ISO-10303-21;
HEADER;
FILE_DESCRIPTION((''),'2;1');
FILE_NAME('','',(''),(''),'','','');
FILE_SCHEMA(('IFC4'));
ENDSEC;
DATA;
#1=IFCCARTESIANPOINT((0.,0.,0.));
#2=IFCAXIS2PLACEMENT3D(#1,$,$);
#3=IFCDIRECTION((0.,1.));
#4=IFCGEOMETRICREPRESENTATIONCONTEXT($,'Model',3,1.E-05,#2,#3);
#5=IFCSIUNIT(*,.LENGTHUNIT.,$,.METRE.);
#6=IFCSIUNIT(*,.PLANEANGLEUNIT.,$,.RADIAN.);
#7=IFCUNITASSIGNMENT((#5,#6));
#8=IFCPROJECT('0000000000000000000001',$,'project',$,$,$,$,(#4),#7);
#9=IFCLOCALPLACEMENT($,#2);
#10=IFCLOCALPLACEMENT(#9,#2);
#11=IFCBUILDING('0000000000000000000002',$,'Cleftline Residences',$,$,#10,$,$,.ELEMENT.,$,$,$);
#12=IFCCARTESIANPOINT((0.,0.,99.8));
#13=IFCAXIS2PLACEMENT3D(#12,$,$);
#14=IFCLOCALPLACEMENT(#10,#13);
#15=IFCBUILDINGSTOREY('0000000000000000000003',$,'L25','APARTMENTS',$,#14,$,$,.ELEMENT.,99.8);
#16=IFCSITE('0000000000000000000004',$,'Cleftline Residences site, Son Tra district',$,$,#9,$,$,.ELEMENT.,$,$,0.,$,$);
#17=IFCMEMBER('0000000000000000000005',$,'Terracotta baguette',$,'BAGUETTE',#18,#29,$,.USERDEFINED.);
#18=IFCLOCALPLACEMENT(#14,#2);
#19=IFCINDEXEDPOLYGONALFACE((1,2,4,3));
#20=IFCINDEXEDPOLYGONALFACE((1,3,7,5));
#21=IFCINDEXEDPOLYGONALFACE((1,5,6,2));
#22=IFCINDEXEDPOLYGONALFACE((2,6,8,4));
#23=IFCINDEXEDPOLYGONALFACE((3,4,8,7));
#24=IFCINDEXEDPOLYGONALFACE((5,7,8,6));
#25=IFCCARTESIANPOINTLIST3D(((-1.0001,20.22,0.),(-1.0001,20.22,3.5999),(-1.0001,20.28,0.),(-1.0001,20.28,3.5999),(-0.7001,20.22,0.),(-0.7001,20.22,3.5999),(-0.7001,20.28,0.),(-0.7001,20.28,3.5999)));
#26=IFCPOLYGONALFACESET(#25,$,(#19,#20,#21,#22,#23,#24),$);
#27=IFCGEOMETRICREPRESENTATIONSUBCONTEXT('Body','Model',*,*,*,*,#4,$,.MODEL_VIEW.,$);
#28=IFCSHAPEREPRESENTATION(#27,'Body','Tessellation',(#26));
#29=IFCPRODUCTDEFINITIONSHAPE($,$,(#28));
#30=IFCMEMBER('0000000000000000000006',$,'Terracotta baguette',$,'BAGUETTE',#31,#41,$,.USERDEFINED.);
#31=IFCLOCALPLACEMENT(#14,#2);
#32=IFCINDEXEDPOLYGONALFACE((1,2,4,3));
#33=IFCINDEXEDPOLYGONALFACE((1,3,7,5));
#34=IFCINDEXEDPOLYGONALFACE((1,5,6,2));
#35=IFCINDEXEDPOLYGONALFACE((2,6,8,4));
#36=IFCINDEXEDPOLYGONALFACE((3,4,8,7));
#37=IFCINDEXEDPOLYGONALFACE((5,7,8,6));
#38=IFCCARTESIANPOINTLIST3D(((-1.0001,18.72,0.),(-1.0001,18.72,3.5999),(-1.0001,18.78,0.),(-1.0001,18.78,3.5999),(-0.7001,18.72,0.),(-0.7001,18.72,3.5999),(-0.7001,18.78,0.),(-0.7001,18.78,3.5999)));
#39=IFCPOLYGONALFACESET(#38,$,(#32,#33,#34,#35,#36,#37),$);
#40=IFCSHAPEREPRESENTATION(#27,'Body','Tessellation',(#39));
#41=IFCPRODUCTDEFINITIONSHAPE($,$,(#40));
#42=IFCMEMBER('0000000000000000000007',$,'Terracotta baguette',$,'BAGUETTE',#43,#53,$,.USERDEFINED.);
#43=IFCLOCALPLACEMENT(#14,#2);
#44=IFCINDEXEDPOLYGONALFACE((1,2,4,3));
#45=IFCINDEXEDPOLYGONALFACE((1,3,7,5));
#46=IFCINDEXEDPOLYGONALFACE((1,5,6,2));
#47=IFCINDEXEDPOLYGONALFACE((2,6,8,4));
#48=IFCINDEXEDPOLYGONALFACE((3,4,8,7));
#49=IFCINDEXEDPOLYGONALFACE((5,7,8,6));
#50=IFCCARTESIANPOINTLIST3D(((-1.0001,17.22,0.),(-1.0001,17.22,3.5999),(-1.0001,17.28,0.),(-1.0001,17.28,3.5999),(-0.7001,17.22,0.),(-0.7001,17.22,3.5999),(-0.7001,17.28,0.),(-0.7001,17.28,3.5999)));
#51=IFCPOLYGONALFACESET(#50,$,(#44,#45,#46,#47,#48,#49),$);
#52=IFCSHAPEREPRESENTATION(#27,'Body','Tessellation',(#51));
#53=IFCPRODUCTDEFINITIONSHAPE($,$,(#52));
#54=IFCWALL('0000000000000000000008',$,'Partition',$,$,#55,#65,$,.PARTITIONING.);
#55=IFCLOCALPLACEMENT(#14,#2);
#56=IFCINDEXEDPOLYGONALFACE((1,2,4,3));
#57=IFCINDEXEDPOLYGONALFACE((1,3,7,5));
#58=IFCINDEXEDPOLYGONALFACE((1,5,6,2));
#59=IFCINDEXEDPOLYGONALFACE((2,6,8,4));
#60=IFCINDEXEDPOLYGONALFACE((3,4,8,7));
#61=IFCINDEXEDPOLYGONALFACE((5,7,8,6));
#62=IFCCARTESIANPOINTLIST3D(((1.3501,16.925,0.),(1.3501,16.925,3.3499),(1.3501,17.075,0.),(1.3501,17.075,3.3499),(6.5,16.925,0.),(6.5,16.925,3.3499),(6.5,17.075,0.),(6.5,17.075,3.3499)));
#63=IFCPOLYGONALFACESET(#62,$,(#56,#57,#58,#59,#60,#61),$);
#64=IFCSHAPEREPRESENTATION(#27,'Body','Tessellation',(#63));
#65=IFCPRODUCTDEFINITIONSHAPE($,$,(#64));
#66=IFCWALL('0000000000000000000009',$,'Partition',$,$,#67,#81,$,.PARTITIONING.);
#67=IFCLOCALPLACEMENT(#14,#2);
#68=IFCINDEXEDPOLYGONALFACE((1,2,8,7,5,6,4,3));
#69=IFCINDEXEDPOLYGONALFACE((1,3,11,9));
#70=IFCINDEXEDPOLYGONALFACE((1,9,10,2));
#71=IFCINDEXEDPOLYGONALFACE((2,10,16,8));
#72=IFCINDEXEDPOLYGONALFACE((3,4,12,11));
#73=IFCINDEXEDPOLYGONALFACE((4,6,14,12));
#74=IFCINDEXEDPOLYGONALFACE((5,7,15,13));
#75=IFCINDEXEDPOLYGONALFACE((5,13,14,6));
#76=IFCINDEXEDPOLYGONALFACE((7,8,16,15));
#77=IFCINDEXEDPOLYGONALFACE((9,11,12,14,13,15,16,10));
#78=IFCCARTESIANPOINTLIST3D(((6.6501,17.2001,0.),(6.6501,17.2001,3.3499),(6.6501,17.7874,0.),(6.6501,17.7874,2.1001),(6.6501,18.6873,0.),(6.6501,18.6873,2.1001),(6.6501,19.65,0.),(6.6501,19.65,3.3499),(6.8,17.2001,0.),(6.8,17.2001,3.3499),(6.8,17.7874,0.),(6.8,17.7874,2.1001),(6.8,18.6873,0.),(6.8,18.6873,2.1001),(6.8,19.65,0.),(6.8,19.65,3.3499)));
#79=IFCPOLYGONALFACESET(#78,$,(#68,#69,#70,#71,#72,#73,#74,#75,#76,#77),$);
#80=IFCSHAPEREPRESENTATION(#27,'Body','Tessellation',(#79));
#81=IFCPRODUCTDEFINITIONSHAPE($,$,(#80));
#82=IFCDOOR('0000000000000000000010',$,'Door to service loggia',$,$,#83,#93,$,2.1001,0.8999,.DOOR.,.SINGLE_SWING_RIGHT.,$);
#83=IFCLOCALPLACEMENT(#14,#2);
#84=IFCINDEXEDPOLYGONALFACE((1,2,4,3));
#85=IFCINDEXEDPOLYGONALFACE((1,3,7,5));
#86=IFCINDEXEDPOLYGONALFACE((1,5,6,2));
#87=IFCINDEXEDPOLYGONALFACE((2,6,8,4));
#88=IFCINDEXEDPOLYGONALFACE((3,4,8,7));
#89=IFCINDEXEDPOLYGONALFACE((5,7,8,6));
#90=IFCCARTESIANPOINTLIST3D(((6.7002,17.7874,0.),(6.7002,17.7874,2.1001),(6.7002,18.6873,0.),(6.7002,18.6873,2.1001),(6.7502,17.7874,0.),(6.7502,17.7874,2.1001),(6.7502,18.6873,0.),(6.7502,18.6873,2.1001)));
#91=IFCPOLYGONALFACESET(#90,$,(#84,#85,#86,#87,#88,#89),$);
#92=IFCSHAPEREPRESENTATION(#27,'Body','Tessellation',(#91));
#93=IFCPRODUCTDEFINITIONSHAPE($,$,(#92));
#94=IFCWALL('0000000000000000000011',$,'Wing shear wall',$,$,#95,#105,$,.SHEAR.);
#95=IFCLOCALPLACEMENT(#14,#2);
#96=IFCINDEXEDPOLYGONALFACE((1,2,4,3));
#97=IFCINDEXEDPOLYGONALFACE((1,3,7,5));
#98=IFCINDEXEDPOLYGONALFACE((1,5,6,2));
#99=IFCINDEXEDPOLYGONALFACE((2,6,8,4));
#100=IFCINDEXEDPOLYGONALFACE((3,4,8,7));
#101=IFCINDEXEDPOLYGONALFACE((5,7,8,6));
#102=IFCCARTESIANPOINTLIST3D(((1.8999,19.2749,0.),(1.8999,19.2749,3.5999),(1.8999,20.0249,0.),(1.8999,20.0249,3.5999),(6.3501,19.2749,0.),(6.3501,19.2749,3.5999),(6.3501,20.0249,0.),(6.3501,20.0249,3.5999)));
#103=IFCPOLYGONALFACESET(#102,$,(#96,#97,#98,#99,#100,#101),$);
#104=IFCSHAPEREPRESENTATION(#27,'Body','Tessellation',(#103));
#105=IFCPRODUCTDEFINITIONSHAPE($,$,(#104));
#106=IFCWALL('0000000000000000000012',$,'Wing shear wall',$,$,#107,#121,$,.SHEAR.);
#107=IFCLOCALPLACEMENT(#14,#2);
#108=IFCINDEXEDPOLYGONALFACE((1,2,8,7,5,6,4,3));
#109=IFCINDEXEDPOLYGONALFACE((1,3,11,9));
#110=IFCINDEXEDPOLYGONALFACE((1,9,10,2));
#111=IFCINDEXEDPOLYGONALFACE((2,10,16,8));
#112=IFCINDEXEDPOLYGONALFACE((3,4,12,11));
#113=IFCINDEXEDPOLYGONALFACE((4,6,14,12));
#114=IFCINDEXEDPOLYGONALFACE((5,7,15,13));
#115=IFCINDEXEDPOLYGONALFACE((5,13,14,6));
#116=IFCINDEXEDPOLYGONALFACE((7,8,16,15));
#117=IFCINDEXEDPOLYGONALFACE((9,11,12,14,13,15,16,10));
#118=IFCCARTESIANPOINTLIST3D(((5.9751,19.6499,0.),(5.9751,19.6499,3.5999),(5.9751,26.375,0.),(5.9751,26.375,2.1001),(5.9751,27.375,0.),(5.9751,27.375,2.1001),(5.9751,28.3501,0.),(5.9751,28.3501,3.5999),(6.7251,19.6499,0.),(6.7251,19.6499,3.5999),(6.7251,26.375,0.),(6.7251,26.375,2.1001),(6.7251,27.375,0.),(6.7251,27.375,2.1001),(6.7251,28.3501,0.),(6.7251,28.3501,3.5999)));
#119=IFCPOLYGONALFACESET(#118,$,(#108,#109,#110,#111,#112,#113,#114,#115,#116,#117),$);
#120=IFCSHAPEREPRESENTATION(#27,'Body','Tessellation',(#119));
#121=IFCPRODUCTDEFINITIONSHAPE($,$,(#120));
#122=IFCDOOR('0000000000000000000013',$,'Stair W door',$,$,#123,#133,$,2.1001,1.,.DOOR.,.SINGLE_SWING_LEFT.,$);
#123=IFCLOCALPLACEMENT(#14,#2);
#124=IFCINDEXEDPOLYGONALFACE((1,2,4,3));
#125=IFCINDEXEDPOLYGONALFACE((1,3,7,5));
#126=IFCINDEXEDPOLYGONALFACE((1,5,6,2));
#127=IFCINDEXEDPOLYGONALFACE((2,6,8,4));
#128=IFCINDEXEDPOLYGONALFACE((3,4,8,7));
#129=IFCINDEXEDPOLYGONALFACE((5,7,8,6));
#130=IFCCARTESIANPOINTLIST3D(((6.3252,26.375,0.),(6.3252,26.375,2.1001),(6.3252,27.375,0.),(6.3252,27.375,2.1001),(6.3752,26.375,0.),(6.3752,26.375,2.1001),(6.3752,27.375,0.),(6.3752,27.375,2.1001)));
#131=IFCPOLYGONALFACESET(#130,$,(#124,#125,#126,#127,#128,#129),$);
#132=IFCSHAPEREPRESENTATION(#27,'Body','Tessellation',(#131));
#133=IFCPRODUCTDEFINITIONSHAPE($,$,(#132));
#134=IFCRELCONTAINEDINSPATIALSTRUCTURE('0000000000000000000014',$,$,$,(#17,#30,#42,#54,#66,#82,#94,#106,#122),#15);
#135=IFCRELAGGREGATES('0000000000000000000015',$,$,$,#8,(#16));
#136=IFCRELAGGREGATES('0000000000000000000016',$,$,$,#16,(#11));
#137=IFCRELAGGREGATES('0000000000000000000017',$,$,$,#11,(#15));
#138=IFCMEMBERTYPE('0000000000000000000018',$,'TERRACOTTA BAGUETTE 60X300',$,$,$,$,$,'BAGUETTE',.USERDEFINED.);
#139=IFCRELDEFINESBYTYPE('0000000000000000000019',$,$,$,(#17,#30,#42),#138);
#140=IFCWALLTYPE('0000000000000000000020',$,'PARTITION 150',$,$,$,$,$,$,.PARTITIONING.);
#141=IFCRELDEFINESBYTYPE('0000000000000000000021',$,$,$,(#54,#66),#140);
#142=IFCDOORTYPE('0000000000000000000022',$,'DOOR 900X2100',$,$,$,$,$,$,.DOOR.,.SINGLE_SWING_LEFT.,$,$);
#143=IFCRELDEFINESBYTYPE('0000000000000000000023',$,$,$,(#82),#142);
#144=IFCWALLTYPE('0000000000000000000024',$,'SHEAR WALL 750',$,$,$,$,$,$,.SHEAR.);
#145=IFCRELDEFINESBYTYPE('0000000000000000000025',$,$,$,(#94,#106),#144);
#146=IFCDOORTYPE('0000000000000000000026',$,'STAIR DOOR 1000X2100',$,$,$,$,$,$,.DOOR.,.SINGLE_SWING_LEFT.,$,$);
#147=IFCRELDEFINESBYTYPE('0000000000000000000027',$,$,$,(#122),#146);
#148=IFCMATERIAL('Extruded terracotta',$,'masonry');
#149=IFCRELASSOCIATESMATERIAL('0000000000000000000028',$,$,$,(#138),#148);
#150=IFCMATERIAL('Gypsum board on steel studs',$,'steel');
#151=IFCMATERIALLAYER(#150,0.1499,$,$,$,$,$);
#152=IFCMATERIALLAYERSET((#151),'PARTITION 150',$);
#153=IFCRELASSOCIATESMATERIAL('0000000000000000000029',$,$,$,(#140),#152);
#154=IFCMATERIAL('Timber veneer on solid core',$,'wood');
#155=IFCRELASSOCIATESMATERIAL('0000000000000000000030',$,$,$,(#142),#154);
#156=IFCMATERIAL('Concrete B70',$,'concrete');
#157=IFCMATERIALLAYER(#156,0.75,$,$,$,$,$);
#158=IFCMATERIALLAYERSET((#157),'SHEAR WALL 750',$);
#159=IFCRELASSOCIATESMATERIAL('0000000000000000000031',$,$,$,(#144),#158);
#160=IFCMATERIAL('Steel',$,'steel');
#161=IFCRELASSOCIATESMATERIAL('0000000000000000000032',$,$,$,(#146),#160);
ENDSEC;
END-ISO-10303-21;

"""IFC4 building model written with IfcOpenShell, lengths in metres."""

from ifc_helpers import new_model, si_unit, direction, frame, frame_2d, origin, origin_2d, place, context, subcontext, project, spatial, rectangle, extrude, material, layer, layer_set, material_profile, profile_set, type_object, element, fill, save


model = new_model("IFC4")

# Units and contexts
model_context = context("Model", 3, precision=1e-05, world=origin(), true_north=direction((0.0, 1.0)))
body_context = subcontext(model_context, "Body", "Model", "MODEL_VIEW")
ifc_project = project(units=[si_unit("LENGTHUNIT", "METRE"), si_unit("PLANEANGLEUNIT", "RADIAN")], contexts=[model_context])

# Site, building, storey
site_placement = place(None, origin())
site = spatial("IfcSite", under=ifc_project, at=site_placement, Name="Cleftline Residences site, Son Tra district", CompositionType="ELEMENT", RefElevation=0.0)
building_placement = place(site_placement, origin())
building = spatial("IfcBuilding", under=site, at=building_placement, Name="Cleftline Residences", CompositionType="ELEMENT")
storey_placement = place(building_placement, frame((0.0, 0.0, 99.8)))
storey = spatial("IfcBuildingStorey", under=building, at=storey_placement, Name="L25", Description="APARTMENTS", CompositionType="ELEMENT", Elevation=99.8)

# Members
ifc_material_1 = material(Name="Extruded terracotta", Category="masonry")
ifc_material_profile_1 = material_profile(ifc_material_1, rectangle(XDim=0.0601, YDim=0.3, at=origin_2d()))
ifc_profile_set_1 = profile_set([ifc_material_profile_1], Name="Extruded terracotta")
member_type = type_object("IfcMemberType", Name="TERRACOTTA BAGUETTE 60X300", ElementType="BAGUETTE", PredefinedType="USERDEFINED", material=ifc_profile_set_1)
for number, where, z_axis, x_axis, name in (
    (1, (-0.8501, 20.25, 0.0), (0.0, 0.0, 1.0), (0.0, 1.0, 0.0), "Terracotta baguette"),
    (2, (-0.8501, 18.75, 0.0), (0.0, 0.0, 1.0), (0.0, 1.0, 0.0), "Terracotta baguette"),
    (3, (-0.8501, 17.25, 0.0), (0.0, 0.0, 1.0), (0.0, 1.0, 0.0), "Terracotta baguette"),
):
    element("IfcMember", number, at=place(storey_placement, frame(where, z_axis=z_axis, x_axis=x_axis)), inside=storey, type_object=member_type, Name=name, ObjectType="BAGUETTE", PredefinedType="USERDEFINED", context=body_context, shape_type="SweptSolid", body=[
        extrude(rectangle(XDim=0.0601, YDim=0.3, at=origin_2d()), origin(), (0.0, 0.0, 1.0), 3.5999),
    ])

# Wall
ifc_material_2 = material(Name="Gypsum board on steel studs", Category="steel")
ifc_layer_1 = layer(ifc_material_2, 0.1499)
ifc_layer_set_1 = layer_set([ifc_layer_1], Name="PARTITION 150")
wall_type_1 = type_object("IfcWallType", Name="PARTITION 150", PredefinedType="PARTITIONING", material=ifc_layer_set_1)
wall_1_placement = place(storey_placement, frame((1.3501, 17.0, 0.0), z_axis=(0.0, 0.0, 1.0), x_axis=(1.0, 0.0, 0.0)))
element("IfcWall", 4, at=wall_1_placement, inside=storey, type_object=wall_type_1, Name="Partition", PredefinedType="PARTITIONING", context=body_context, shape_type="SweptSolid", body=[
    extrude(rectangle(XDim=5.1499, YDim=0.1499, at=frame_2d((2.575, 0.0))), origin(), (0.0, 0.0, 1.0), 3.3499),
])

# Wall, opening, door
wall_2_placement = place(storey_placement, frame((6.7251, 17.2, 0.0), z_axis=(0.0, 0.0, 1.0), x_axis=(0.0, 1.0, 0.0)))
wall_2 = element("IfcWall", 5, at=wall_2_placement, inside=storey, type_object=wall_type_1, Name="Partition", PredefinedType="PARTITIONING", context=body_context, shape_type="SweptSolid", body=[
    extrude(rectangle(XDim=2.45, YDim=0.1499, at=frame_2d((1.2251, 0.0))), origin(), (0.0, 0.0, 1.0), 3.3499),
])
opening_1_placement = place(wall_2_placement, frame((0.5874, 0.0, 0.0)))
opening_1 = element("IfcOpeningElement", 6, at=opening_1_placement, cuts=wall_2, PredefinedType="OPENING", context=body_context, shape_type="SweptSolid", body=[
    extrude(rectangle(XDim=0.8999, YDim=2.1001, at=frame_2d((0.45, 1.05))), frame((0.0, 0.085, 0.0), z_axis=(0.0, -1.0, 0.0), x_axis=(1.0, 0.0, 0.0)), (0.0, 0.0, 1.0), 0.1699),
])
ifc_material_3 = material(Name="Timber veneer on solid core", Category="wood")
door_type_1 = type_object("IfcDoorType", Name="DOOR 900X2100", OperationType="SINGLE_SWING_LEFT", PredefinedType="DOOR", material=ifc_material_3)
door_1_placement = place(opening_1_placement, origin())
door_1 = element("IfcDoor", 7, at=door_1_placement, inside=storey, type_object=door_type_1, Name="Door to service loggia", OperationType="SINGLE_SWING_RIGHT", OverallHeight=2.1001, OverallWidth=0.8999, PredefinedType="DOOR", context=body_context, shape_type="SweptSolid", body=[
    extrude(rectangle(XDim=0.8999, YDim=2.1001, at=frame_2d((0.45, 1.05))), frame((0.0, 0.0249, 0.0), z_axis=(0.0, -1.0, 0.0), x_axis=(1.0, 0.0, 0.0)), (0.0, 0.0, 1.0), 0.05),
])
fill(opening_1, door_1)

# Wall
ifc_material_4 = material(Name="Concrete B70", Category="concrete")
ifc_layer_2 = layer(ifc_material_4, 0.75)
ifc_layer_set_2 = layer_set([ifc_layer_2], Name="SHEAR WALL 750")
wall_type_2 = type_object("IfcWallType", Name="SHEAR WALL 750", PredefinedType="SHEAR", material=ifc_layer_set_2)
wall_3_placement = place(storey_placement, frame((1.8999, 19.6499, 0.0), z_axis=(0.0, 0.0, 1.0), x_axis=(1.0, 0.0, 0.0)))
element("IfcWall", 8, at=wall_3_placement, inside=storey, type_object=wall_type_2, Name="Wing shear wall", PredefinedType="SHEAR", context=body_context, shape_type="SweptSolid", body=[
    extrude(rectangle(XDim=4.4502, YDim=0.75, at=frame_2d((2.2251, 0.0))), origin(), (0.0, 0.0, 1.0), 3.5999),
])

# Wall, opening, door
wall_4_placement = place(storey_placement, frame((6.3501, 19.6499, 0.0), z_axis=(0.0, 0.0, 1.0), x_axis=(0.0, 1.0, 0.0)))
wall_4 = element("IfcWall", 9, at=wall_4_placement, inside=storey, type_object=wall_type_2, Name="Wing shear wall", PredefinedType="SHEAR", context=body_context, shape_type="SweptSolid", body=[
    extrude(rectangle(XDim=8.7002, YDim=0.75, at=frame_2d((4.3501, 0.0))), origin(), (0.0, 0.0, 1.0), 3.5999),
])
opening_2_placement = place(wall_4_placement, frame((6.7251, 0.0, 0.0)))
opening_2 = element("IfcOpeningElement", 10, at=opening_2_placement, cuts=wall_4, PredefinedType="OPENING", context=body_context, shape_type="SweptSolid", body=[
    extrude(rectangle(XDim=1.0, YDim=2.1001, at=frame_2d((0.5, 1.05))), frame((0.0, 0.385, 0.0), z_axis=(0.0, -1.0, 0.0), x_axis=(1.0, 0.0, 0.0)), (0.0, 0.0, 1.0), 0.77),
])
ifc_material_5 = material(Name="Steel", Category="steel")
door_type_2 = type_object("IfcDoorType", Name="STAIR DOOR 1000X2100", OperationType="SINGLE_SWING_LEFT", PredefinedType="DOOR", material=ifc_material_5)
door_2_placement = place(opening_2_placement, origin())
door_2 = element("IfcDoor", 11, at=door_2_placement, inside=storey, type_object=door_type_2, Name="Stair W door", OperationType="SINGLE_SWING_LEFT", OverallHeight=2.1001, OverallWidth=1.0, PredefinedType="DOOR", context=body_context, shape_type="SweptSolid", body=[
    extrude(rectangle(XDim=1.0, YDim=2.1001, at=frame_2d((0.5, 1.05))), frame((0.0, 0.0249, 0.0), z_axis=(0.0, -1.0, 0.0), x_axis=(1.0, 0.0, 0.0)), (0.0, 0.0, 1.0), 0.05),
])
fill(opening_2, door_2)

save(model, "model.ifc")
